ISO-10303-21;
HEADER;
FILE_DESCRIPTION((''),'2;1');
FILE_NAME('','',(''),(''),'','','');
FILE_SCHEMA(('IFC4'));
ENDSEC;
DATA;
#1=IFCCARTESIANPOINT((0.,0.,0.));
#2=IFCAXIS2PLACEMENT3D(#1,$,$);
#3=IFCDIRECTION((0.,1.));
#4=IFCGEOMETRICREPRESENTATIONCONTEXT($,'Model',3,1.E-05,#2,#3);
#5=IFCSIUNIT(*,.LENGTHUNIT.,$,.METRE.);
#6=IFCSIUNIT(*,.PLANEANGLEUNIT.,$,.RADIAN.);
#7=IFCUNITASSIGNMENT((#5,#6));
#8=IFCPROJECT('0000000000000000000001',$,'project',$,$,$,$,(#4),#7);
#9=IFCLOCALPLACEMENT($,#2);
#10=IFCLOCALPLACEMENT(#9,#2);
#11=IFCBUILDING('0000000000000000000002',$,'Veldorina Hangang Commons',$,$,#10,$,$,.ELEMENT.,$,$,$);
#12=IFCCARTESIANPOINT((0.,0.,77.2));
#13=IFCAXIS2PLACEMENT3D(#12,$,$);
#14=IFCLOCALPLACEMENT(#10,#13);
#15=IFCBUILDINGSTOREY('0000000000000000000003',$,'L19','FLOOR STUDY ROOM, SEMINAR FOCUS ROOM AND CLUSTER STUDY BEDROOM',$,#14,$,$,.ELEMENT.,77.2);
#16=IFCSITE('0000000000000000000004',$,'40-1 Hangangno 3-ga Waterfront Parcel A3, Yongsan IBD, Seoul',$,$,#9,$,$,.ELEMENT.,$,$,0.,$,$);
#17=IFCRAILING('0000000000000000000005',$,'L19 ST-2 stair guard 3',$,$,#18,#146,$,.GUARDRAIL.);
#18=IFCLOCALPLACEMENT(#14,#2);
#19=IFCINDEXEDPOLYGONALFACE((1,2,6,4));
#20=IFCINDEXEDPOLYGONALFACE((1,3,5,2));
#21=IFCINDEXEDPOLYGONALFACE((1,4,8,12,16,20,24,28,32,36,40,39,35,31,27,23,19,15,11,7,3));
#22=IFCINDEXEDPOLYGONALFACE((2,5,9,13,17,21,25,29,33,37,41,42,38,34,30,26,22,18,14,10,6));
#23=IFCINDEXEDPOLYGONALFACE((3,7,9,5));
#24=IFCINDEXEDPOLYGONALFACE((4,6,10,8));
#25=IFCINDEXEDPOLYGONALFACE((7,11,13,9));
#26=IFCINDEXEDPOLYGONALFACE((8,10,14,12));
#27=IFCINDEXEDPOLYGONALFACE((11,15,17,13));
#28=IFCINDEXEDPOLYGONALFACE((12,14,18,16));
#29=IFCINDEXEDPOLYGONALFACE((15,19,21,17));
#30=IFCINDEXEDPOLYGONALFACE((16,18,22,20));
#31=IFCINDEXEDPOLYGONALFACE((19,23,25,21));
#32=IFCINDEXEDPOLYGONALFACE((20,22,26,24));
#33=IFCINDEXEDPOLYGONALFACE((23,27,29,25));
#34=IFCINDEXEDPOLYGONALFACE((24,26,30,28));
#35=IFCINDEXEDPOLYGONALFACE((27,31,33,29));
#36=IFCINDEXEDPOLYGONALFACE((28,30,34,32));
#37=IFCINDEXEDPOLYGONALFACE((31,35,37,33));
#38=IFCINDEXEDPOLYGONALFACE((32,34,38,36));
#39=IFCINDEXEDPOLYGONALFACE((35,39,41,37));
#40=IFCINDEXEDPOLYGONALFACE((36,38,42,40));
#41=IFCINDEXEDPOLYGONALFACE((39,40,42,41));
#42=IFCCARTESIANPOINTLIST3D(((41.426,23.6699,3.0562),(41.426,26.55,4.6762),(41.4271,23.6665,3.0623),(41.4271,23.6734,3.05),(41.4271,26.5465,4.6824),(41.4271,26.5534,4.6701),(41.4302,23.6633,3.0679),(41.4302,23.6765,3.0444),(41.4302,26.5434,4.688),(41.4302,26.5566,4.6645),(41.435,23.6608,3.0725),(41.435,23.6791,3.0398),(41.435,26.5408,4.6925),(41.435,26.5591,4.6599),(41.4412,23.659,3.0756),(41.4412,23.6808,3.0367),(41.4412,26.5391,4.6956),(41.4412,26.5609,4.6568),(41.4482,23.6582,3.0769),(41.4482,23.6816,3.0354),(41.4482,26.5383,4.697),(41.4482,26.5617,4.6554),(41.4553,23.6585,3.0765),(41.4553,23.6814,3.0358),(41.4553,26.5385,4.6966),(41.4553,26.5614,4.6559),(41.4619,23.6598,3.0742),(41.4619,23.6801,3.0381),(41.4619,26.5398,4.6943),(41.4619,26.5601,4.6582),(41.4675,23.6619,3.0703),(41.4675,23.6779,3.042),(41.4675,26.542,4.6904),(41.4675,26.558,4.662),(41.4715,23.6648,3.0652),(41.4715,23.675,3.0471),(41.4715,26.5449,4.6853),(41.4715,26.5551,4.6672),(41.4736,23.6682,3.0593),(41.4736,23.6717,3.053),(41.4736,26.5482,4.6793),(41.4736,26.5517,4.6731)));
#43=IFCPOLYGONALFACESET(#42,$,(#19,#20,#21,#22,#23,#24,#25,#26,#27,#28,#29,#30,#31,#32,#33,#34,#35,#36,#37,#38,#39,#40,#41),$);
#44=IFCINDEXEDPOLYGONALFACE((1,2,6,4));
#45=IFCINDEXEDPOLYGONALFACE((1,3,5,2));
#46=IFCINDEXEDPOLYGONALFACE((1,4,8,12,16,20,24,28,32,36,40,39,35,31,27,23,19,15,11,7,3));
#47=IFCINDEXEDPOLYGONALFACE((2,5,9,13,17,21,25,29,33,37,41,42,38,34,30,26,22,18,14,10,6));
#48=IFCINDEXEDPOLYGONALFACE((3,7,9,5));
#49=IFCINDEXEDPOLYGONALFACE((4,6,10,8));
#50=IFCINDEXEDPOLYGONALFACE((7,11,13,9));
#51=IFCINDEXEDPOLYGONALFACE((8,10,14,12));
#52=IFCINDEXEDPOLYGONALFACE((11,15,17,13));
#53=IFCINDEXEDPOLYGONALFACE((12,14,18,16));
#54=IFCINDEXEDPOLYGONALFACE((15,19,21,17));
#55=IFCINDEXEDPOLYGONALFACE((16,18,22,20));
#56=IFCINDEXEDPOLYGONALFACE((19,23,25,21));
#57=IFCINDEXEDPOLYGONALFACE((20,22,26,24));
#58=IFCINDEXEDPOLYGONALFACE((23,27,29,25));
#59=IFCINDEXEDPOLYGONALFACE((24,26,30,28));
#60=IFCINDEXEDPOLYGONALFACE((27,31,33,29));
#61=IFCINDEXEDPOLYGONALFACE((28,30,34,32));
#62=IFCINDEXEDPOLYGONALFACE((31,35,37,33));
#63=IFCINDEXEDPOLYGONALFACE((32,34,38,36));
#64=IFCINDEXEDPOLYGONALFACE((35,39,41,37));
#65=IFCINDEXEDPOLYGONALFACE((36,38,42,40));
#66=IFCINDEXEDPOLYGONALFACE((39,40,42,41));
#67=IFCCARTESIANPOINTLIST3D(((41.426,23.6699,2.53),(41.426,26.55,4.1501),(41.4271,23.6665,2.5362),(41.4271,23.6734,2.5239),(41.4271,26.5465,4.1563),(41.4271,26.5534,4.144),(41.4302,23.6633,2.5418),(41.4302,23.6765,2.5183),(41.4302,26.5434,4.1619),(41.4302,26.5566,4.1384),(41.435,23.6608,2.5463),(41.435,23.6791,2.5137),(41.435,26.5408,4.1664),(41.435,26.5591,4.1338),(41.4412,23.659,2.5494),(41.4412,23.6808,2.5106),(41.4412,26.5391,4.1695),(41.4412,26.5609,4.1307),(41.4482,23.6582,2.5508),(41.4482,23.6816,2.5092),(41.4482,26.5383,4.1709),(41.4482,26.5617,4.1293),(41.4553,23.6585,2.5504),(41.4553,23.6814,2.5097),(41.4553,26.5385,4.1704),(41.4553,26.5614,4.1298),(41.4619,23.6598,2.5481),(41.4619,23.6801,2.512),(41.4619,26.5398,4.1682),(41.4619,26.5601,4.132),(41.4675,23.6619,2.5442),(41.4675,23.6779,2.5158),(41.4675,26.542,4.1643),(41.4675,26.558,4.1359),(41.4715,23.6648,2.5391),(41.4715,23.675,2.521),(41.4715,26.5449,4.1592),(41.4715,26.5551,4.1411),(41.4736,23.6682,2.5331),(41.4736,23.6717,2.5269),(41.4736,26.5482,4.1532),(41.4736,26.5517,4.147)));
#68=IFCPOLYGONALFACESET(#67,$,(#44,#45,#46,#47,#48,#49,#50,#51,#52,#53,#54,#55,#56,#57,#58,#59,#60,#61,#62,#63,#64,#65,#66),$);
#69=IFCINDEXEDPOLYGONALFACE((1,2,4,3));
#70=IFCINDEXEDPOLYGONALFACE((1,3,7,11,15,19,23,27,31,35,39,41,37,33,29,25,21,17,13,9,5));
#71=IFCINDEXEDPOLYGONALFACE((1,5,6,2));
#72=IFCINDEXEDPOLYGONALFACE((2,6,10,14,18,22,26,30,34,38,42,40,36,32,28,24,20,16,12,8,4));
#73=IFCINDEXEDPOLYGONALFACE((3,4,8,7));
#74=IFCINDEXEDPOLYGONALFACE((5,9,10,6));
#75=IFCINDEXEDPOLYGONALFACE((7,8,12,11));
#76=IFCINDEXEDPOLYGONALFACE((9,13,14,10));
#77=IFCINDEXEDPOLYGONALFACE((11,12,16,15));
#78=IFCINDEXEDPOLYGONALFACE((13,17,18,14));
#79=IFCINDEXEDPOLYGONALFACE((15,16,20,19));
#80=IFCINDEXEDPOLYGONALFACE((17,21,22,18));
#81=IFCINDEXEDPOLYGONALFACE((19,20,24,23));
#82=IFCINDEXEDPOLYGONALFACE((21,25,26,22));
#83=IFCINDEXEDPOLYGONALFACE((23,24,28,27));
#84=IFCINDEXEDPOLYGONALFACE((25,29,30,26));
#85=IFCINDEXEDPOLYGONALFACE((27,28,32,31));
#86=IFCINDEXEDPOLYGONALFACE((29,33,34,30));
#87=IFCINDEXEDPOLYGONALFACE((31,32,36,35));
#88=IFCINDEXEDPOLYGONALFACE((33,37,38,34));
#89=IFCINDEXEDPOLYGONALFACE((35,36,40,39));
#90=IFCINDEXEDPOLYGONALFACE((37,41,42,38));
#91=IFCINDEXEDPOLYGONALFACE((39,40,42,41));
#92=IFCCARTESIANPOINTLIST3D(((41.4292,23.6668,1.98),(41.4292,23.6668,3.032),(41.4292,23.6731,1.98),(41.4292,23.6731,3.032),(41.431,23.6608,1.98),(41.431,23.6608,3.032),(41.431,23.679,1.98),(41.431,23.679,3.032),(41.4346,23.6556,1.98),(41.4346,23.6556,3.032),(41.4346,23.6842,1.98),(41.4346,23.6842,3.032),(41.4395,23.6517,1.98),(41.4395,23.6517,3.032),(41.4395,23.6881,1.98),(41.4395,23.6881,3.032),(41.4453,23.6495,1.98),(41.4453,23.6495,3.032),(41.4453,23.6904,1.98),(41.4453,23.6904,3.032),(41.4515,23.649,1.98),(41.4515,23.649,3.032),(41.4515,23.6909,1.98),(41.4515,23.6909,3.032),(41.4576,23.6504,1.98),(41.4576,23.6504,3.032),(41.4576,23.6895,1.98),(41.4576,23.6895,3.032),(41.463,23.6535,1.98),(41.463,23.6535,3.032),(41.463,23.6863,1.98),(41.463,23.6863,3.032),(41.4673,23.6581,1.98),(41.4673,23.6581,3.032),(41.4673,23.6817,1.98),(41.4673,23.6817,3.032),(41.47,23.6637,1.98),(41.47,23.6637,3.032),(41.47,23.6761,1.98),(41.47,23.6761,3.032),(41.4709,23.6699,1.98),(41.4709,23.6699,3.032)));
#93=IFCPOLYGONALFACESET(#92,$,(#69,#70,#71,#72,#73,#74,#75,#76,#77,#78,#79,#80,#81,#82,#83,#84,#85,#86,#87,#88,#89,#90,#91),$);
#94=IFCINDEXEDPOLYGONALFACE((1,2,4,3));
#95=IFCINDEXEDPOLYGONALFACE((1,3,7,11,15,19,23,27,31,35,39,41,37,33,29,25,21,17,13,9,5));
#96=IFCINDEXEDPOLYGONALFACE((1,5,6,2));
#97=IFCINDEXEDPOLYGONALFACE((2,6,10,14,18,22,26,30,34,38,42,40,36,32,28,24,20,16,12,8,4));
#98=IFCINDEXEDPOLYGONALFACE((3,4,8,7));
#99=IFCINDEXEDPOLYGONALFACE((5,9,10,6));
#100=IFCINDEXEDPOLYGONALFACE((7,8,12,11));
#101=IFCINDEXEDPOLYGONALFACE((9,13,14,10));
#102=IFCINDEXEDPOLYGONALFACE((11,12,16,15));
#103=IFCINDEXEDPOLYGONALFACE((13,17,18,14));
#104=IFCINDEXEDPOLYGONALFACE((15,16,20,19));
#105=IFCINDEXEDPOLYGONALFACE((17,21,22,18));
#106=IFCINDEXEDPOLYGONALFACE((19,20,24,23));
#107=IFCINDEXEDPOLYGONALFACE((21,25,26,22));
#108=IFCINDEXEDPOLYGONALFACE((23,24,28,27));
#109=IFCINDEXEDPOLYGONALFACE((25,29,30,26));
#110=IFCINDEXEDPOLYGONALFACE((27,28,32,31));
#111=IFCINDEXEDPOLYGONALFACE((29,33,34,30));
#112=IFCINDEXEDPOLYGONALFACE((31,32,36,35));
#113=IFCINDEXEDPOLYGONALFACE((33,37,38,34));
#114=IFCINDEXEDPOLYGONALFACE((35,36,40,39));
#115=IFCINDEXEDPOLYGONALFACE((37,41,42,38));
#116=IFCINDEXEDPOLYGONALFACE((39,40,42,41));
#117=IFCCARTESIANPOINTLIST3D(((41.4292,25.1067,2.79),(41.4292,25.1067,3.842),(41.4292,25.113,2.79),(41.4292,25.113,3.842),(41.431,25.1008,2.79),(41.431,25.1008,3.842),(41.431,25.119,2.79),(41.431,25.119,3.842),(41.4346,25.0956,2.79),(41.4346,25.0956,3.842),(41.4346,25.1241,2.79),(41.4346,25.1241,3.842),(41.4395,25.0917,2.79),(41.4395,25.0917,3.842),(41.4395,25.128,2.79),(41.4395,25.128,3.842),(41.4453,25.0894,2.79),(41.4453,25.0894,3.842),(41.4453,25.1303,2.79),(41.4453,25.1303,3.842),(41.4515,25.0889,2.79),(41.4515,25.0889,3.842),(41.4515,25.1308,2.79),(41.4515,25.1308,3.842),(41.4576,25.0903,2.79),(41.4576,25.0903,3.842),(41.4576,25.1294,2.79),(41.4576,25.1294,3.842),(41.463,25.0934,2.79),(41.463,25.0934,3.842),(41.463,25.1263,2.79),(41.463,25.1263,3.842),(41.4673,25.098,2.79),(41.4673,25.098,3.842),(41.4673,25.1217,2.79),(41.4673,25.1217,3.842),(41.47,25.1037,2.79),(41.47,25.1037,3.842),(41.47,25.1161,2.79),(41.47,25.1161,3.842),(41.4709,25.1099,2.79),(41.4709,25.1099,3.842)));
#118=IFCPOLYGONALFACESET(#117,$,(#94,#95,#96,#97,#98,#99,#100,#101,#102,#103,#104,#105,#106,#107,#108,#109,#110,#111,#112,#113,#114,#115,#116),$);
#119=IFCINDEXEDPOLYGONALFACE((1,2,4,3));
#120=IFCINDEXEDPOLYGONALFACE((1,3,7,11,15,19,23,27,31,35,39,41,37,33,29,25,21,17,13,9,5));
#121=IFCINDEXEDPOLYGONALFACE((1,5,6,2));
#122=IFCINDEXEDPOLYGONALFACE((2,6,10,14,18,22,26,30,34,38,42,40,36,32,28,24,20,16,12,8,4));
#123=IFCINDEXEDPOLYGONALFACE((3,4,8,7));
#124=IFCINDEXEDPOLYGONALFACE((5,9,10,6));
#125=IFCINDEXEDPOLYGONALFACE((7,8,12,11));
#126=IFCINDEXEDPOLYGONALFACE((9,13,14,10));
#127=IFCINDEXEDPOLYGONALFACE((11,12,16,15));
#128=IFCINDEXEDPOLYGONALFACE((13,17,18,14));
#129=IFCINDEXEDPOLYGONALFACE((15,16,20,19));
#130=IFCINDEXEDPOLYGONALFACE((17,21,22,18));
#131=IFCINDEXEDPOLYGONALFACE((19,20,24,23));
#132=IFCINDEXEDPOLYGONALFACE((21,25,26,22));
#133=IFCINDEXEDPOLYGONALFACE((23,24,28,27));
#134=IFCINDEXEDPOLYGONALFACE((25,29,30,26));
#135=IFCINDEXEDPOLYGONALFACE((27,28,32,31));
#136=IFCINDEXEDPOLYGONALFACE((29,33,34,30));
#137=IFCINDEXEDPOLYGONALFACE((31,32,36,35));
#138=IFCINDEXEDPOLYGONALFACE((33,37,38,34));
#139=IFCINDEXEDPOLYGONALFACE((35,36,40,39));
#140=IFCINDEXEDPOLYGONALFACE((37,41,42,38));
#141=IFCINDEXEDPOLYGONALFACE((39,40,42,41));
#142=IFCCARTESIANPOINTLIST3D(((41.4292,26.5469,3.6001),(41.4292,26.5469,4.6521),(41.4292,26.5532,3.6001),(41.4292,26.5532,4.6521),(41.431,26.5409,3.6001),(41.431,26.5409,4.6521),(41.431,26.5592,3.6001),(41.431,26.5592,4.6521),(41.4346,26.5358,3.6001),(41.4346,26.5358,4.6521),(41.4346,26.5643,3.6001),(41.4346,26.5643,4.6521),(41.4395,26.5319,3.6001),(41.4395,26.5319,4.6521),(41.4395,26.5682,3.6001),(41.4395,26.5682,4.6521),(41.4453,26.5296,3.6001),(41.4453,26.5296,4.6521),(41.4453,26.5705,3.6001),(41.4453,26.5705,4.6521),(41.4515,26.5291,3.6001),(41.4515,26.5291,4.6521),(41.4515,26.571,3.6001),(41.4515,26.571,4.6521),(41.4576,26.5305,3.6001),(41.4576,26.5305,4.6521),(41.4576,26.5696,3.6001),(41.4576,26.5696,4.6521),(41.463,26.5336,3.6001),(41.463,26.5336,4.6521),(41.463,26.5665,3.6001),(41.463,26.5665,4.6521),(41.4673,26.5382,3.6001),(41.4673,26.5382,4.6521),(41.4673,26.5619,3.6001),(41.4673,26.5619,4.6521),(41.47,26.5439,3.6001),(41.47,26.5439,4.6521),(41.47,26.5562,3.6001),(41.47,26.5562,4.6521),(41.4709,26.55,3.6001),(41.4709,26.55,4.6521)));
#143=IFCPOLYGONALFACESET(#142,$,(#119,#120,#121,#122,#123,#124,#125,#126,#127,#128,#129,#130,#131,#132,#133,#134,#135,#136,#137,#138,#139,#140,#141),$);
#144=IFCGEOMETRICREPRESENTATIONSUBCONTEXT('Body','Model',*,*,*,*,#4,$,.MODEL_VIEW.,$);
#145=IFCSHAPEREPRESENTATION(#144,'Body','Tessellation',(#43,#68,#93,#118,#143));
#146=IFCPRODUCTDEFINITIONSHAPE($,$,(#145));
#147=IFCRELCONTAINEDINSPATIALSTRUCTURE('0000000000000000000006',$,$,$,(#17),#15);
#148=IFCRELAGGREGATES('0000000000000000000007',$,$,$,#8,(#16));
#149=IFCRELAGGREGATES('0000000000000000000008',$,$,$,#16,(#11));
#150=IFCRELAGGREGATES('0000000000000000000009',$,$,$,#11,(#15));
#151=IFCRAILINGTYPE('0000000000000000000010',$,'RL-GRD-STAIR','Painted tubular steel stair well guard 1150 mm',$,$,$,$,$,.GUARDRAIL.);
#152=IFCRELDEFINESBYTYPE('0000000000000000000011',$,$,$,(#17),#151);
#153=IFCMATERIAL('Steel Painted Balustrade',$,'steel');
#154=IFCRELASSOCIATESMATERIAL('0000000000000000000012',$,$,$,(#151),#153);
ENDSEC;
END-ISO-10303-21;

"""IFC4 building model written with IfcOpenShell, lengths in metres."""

from ifc_helpers import new_model, si_unit, direction, frame, origin, origin_2d, place, context, subcontext, project, spatial, circle, extrude, material, type_object, element, save


model = new_model("IFC4")

# Units and contexts
model_context = context("Model", 3, precision=1e-05, world=origin(), true_north=direction((0.0, 1.0)))
body_context = subcontext(model_context, "Body", "Model", "MODEL_VIEW")
ifc_project = project(units=[si_unit("LENGTHUNIT", "METRE"), si_unit("PLANEANGLEUNIT", "RADIAN")], contexts=[model_context])

# Site, building, storey
site_placement = place(None, origin())
site = spatial("IfcSite", under=ifc_project, at=site_placement, Name="40-1 Hangangno 3-ga Waterfront Parcel A3, Yongsan IBD, Seoul", CompositionType="ELEMENT", RefElevation=0.0)
building_placement = place(site_placement, origin())
building = spatial("IfcBuilding", under=site, at=building_placement, Name="Veldorina Hangang Commons", CompositionType="ELEMENT")
storey_placement = place(building_placement, frame((0.0, 0.0, 77.2)))
storey = spatial("IfcBuildingStorey", under=building, at=storey_placement, Name="L19", Description="FLOOR STUDY ROOM, SEMINAR FOCUS ROOM AND CLUSTER STUDY BEDROOM", CompositionType="ELEMENT", Elevation=77.2)

# Railing
ifc_material_1 = material(Name="Steel Painted Balustrade", Category="steel")
railing_type_1 = type_object("IfcRailingType", Name="RL-GRD-STAIR", Description="Painted tubular steel stair well guard 1150 mm", PredefinedType="GUARDRAIL", material=ifc_material_1)
railing_1_placement = place(storey_placement, frame((41.45, 23.6699, 1.98)))
element("IfcRailing", 1, at=railing_1_placement, inside=storey, type_object=railing_type_1, Name="L19 ST-2 stair guard 3", PredefinedType="GUARDRAIL", context=body_context, shape_type="SweptSolid", body=[
    extrude(circle(Radius=0.0239, at=origin_2d()), frame((0.0, 0.0, 1.0762), z_axis=(0.0, 0.87157, 0.490272), x_axis=(-1.0, 0.0, 0.0)), (0.0, 0.0, 1.0), 3.3044),
    extrude(circle(Radius=0.0239, at=origin_2d()), frame((0.0, 0.0, 0.55), z_axis=(0.0, 0.87157, 0.490272), x_axis=(-1.0, 0.0, 0.0)), (0.0, 0.0, 1.0), 3.3044),
    extrude(circle(Radius=0.021, at=origin_2d()), origin(), (0.0, 0.0, 1.0), 1.052),
    extrude(circle(Radius=0.021, at=origin_2d()), frame((0.0, 1.4399, 0.8101)), (0.0, 0.0, 1.0), 1.052),
    extrude(circle(Radius=0.021, at=origin_2d()), frame((0.0, 2.8801, 1.6201)), (0.0, 0.0, 1.0), 1.052),
])

save(model, "model.ifc")
